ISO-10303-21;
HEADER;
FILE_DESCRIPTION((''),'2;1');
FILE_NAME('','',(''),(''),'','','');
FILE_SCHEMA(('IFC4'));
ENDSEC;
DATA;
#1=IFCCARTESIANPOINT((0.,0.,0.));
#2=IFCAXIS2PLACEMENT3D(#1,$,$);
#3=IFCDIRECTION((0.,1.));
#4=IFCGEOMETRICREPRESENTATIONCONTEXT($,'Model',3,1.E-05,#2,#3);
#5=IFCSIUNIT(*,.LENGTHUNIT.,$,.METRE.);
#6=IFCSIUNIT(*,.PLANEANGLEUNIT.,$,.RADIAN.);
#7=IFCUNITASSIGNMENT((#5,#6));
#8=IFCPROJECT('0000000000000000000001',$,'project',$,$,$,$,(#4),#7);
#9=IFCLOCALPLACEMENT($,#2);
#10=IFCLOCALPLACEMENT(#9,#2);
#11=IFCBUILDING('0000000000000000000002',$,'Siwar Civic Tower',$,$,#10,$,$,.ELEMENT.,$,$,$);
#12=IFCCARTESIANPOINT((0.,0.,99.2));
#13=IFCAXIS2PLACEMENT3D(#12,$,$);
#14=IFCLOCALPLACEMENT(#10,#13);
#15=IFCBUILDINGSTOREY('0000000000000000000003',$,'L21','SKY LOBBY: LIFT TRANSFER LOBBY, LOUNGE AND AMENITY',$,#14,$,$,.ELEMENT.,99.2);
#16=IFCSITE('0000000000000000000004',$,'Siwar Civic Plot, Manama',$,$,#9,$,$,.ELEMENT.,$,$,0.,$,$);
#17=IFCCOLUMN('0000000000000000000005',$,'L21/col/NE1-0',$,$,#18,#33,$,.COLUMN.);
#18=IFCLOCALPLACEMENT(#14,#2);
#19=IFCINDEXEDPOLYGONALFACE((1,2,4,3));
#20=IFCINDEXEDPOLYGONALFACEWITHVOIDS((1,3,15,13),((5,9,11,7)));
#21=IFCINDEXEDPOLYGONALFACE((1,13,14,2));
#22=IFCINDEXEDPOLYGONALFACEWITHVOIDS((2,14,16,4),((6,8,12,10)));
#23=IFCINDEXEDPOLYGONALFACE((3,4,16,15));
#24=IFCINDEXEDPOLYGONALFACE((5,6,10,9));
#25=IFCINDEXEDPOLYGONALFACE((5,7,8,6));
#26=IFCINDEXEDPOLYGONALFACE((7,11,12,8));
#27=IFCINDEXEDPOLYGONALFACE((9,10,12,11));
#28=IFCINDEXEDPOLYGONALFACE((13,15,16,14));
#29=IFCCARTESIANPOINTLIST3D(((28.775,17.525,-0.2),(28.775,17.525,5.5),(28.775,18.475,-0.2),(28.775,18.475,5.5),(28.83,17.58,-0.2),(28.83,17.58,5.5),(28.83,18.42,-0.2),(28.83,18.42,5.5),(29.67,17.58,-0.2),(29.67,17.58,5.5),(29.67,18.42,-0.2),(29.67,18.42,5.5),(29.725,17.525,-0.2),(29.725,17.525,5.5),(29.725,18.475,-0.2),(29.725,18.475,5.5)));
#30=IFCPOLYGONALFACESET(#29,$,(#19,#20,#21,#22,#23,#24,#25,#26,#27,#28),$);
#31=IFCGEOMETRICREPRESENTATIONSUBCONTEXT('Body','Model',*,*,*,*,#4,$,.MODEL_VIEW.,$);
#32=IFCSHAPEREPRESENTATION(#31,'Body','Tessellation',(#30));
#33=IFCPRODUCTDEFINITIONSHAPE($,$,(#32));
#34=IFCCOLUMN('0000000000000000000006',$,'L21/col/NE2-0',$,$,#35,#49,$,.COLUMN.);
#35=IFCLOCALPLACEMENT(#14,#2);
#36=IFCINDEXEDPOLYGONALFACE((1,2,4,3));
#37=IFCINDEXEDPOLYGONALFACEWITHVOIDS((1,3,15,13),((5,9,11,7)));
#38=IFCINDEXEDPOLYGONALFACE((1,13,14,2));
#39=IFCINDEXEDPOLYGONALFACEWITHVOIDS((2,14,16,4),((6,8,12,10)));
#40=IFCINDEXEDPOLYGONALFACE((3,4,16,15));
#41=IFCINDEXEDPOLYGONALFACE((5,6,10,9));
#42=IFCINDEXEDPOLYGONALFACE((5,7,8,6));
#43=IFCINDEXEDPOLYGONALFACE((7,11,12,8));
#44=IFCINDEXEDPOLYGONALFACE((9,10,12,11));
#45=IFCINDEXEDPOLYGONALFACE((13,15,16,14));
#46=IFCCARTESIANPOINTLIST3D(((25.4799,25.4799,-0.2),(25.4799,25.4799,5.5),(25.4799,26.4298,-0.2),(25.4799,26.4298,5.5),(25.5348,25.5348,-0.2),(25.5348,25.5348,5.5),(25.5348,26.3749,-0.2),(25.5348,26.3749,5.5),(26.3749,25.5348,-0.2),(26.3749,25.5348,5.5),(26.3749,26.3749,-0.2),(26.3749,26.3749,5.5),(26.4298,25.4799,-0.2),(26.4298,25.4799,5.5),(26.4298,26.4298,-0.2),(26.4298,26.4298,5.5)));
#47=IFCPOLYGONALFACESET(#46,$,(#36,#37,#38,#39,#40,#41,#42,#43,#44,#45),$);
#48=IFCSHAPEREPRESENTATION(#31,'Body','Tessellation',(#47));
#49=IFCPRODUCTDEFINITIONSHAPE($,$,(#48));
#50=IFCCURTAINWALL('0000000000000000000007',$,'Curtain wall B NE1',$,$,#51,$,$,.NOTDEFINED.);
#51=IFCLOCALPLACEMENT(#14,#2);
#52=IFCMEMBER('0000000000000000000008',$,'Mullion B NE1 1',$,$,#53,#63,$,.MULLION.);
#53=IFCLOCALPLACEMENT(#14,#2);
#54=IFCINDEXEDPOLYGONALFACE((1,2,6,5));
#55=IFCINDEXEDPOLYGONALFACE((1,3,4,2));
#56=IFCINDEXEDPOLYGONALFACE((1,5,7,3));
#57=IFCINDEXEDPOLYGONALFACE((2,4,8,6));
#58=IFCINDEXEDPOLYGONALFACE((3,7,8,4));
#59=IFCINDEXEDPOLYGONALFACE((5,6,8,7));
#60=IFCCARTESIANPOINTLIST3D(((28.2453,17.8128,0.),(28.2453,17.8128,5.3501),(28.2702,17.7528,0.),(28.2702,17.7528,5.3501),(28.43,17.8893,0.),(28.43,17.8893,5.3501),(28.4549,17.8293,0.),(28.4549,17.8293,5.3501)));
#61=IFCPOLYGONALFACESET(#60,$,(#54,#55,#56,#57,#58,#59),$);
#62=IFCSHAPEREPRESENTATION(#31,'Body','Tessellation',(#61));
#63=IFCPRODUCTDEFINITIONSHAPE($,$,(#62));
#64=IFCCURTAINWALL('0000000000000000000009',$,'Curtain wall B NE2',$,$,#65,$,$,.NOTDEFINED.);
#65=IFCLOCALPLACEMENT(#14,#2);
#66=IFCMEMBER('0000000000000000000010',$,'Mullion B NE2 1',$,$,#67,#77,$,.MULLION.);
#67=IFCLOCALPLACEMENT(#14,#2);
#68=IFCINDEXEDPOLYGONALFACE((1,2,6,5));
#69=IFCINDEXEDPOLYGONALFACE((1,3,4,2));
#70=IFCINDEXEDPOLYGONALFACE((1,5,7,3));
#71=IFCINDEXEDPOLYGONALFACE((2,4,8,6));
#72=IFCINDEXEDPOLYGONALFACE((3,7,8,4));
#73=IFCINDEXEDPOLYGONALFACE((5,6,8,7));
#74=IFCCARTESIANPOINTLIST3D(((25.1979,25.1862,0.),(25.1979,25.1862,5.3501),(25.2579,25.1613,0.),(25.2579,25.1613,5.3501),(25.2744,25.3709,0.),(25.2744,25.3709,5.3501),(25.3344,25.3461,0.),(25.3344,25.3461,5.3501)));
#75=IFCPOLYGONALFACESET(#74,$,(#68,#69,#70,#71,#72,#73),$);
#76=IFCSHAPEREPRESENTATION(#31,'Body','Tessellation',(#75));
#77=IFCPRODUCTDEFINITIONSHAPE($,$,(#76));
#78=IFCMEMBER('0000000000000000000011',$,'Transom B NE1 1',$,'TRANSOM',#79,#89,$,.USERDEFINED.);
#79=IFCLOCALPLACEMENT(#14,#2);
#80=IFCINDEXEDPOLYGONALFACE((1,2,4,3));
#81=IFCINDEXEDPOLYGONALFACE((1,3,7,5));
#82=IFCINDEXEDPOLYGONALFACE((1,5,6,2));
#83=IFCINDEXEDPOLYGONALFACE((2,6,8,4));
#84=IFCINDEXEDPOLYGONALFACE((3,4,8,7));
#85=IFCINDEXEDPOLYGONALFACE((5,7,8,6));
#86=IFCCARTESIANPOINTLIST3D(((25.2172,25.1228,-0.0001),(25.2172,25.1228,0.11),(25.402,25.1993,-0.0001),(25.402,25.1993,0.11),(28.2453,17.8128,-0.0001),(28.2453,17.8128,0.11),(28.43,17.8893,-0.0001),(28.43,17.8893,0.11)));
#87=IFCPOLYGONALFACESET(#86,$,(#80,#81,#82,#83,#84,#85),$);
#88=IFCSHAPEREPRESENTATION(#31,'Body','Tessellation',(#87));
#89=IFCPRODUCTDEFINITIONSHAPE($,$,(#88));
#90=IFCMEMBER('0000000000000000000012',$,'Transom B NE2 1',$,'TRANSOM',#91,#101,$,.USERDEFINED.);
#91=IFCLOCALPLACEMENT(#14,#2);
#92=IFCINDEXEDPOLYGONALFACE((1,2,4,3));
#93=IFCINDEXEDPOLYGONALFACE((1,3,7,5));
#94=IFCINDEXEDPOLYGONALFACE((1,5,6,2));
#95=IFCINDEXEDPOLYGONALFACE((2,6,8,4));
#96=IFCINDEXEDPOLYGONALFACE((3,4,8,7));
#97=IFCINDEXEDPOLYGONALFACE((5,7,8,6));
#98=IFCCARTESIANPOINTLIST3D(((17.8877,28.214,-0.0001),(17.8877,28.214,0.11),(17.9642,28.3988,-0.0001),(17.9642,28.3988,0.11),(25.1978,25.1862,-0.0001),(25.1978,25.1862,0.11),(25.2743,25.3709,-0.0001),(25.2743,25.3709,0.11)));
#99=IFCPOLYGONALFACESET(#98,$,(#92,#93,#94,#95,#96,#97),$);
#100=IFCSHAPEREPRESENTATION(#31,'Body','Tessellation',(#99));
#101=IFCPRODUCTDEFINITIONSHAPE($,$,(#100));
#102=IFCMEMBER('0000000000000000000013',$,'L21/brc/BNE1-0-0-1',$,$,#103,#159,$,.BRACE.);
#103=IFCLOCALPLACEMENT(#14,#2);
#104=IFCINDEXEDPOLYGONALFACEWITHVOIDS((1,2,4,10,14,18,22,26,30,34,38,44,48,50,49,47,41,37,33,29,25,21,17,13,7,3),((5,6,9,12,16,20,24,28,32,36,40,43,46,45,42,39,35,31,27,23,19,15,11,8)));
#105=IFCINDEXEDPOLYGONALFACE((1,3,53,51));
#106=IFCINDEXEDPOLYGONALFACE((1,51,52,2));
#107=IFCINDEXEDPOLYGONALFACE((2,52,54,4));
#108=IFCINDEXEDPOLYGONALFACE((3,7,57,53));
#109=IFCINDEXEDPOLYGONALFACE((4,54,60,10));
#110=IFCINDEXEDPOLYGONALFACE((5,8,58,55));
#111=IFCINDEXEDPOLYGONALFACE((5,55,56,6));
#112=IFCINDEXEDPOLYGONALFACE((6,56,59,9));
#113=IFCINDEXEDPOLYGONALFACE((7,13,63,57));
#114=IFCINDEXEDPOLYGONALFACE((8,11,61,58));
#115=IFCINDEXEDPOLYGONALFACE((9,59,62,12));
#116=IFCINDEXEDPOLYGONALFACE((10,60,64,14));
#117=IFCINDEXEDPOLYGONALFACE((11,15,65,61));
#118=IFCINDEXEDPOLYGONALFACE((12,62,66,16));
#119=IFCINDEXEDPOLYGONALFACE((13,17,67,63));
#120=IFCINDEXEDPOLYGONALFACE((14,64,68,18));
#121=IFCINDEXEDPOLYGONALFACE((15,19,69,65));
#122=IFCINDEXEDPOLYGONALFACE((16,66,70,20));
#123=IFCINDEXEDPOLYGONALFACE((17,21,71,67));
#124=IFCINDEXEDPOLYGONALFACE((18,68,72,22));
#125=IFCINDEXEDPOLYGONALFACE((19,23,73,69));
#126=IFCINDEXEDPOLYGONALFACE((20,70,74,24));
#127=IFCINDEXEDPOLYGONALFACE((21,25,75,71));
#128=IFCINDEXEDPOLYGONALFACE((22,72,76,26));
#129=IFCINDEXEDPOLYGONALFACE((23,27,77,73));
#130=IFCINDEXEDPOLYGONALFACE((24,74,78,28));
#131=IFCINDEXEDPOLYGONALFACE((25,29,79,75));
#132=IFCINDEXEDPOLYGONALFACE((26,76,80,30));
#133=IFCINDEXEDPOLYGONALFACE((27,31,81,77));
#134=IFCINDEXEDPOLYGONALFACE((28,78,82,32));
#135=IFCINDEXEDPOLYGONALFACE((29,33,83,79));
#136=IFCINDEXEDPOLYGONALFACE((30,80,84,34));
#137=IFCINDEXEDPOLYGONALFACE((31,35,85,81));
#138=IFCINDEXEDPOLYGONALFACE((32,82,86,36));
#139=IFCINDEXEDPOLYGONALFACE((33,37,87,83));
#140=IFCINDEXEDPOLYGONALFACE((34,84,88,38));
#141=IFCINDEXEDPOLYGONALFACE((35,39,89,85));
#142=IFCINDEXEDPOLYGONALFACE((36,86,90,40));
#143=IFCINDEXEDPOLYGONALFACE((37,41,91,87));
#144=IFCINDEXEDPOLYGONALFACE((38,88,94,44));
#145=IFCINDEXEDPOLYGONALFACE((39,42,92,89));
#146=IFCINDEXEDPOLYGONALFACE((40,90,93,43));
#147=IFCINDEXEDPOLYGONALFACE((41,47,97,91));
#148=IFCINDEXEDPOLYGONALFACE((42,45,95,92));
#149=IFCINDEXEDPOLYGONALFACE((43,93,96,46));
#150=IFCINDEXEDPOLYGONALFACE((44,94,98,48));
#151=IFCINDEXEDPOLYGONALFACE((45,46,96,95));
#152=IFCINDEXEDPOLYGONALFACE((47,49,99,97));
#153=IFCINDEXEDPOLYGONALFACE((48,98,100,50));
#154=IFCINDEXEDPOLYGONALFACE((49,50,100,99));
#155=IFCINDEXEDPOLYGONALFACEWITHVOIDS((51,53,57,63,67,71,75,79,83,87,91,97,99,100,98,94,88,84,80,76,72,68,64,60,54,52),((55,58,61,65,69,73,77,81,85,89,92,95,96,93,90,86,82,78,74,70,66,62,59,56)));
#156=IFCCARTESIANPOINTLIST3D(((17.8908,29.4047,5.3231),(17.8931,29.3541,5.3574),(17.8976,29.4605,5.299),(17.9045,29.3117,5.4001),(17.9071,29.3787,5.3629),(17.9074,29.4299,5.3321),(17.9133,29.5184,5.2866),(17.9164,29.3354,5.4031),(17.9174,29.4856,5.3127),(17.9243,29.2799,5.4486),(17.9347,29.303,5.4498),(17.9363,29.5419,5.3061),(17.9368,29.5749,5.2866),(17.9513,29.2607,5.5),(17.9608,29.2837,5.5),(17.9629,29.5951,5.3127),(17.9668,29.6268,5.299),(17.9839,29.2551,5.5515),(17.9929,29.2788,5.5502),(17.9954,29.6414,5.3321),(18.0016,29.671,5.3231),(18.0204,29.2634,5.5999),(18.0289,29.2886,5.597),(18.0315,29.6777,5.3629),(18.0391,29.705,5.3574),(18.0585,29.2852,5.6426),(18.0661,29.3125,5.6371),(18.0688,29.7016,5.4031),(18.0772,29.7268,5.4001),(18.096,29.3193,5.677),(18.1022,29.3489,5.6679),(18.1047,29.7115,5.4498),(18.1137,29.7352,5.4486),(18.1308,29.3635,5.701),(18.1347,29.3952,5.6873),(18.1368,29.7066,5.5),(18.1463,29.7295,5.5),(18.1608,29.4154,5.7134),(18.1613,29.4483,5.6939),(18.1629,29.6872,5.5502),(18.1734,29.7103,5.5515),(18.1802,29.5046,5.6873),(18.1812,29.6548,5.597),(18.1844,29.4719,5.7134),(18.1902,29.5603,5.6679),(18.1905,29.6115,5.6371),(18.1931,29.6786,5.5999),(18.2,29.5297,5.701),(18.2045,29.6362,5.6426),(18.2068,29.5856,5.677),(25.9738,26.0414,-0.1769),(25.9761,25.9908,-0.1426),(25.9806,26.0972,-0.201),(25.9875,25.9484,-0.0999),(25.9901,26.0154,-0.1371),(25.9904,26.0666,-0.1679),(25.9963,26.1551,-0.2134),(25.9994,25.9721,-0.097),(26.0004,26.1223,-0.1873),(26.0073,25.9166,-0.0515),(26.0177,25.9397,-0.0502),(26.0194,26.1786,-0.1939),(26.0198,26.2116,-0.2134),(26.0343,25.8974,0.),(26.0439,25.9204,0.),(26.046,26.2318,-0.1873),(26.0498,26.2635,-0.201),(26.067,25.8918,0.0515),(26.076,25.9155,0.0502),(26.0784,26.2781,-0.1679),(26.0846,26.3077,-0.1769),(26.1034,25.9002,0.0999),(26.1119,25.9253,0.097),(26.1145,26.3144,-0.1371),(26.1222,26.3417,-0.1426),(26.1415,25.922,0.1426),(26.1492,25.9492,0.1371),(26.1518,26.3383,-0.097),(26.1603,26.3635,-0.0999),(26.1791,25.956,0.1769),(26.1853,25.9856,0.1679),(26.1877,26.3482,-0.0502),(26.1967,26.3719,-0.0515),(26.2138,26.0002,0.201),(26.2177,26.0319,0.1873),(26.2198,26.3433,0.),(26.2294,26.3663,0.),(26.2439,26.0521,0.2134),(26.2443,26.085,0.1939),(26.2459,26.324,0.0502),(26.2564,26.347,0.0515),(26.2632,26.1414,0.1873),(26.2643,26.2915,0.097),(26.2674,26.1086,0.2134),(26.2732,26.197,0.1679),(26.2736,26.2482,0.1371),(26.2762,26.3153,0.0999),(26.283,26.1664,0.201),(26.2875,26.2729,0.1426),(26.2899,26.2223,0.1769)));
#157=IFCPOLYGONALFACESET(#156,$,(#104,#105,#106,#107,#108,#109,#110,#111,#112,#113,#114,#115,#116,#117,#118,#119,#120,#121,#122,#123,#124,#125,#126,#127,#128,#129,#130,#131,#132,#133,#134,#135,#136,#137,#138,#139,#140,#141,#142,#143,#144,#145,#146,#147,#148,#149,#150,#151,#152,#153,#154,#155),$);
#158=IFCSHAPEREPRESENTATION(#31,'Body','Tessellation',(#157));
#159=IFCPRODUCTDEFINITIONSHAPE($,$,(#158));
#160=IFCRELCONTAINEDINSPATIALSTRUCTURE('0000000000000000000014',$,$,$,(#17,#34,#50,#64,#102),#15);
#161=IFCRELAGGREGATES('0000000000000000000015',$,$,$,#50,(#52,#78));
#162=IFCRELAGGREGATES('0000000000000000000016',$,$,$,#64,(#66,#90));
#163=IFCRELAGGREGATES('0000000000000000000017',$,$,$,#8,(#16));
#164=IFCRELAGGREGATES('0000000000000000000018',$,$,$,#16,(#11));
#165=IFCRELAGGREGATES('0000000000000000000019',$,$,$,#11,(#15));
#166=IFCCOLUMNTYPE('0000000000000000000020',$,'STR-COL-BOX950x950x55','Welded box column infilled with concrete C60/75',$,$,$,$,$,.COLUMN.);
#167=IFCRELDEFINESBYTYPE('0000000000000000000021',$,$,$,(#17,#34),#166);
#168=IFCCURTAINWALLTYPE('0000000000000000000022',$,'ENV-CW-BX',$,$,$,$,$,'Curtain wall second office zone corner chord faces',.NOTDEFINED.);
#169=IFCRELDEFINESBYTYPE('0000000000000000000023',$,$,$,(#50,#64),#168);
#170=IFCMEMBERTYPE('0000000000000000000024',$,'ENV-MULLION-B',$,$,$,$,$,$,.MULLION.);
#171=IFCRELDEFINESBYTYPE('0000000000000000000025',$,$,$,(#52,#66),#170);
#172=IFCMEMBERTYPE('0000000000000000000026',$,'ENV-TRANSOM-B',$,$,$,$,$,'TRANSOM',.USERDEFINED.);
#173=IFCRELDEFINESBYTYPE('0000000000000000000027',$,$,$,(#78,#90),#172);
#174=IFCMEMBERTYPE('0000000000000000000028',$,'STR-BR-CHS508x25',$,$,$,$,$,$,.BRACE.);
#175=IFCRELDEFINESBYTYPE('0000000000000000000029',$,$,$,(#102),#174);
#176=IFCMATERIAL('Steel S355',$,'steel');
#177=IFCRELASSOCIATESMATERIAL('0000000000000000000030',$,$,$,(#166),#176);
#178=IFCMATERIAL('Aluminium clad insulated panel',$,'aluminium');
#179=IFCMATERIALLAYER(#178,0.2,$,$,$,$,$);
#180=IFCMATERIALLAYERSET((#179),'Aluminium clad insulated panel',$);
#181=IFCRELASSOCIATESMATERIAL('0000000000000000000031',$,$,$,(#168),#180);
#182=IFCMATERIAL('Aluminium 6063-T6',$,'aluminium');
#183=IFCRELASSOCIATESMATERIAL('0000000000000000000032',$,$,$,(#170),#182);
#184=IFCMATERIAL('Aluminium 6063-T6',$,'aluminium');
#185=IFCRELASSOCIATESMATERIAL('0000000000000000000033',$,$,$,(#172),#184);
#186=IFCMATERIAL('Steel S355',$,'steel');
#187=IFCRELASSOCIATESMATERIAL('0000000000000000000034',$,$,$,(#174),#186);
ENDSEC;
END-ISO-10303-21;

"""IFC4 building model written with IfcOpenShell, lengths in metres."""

from ifc_helpers import new_model, si_unit, direction, frame, origin, origin_2d, place, context, subcontext, project, spatial, rectangle, hollow_rectangle, hollow_circle, extrude, material, layer, layer_set, material_profile, profile_set, type_object, element, aggregate, save


model = new_model("IFC4")

# Units and contexts
model_context = context("Model", 3, precision=1e-05, world=origin(), true_north=direction((0.0, 1.0)))
body_context = subcontext(model_context, "Body", "Model", "MODEL_VIEW")
ifc_project = project(units=[si_unit("LENGTHUNIT", "METRE"), si_unit("PLANEANGLEUNIT", "RADIAN")], contexts=[model_context])

# Site, building, storey
site_placement = place(None, origin())
site = spatial("IfcSite", under=ifc_project, at=site_placement, Name="Siwar Civic Plot, Manama", CompositionType="ELEMENT", RefElevation=0.0)
building_placement = place(site_placement, origin())
building = spatial("IfcBuilding", under=site, at=building_placement, Name="Siwar Civic Tower", CompositionType="ELEMENT")
storey_placement = place(building_placement, frame((0.0, 0.0, 99.2)))
storey = spatial("IfcBuildingStorey", under=building, at=storey_placement, Name="L21", Description="SKY LOBBY: LIFT TRANSFER LOBBY, LOUNGE AND AMENITY", CompositionType="ELEMENT", Elevation=99.2)

# Columns
ifc_material_1 = material(Name="Steel S355", Category="steel")
ifc_material_profile_1 = material_profile(ifc_material_1, hollow_rectangle(XDim=0.95, YDim=0.95, WallThickness=0.0549, at=origin_2d()), Name="BOX950x950x55")
ifc_profile_set_1 = profile_set([ifc_material_profile_1], Name="Steel S355")
column_type = type_object("IfcColumnType", Name="STR-COL-BOX950x950x55", Description="Welded box column infilled with concrete C60/75", PredefinedType="COLUMN", material=ifc_profile_set_1)
for number, where, z_axis, x_axis, name in (
    (1, (29.25, 18.0, -0.2), (0.0, 0.0, 1.0), (1.0, 0.0, 0.0), "L21/col/NE1-0"),
    (2, (25.9548, 25.9548, -0.2), (0.0, 0.0, 1.0), (1.0, 0.0, 0.0), "L21/col/NE2-0"),
):
    element("IfcColumn", number, at=place(storey_placement, frame(where, z_axis=z_axis, x_axis=x_axis)), inside=storey, type_object=column_type, Name=name, PredefinedType="COLUMN", context=body_context, shape_type="SweptSolid", body=[
        extrude(hollow_rectangle(XDim=0.95, YDim=0.95, WallThickness=0.0549, at=origin_2d()), origin(), (0.0, 0.0, 1.0), 5.7),
    ])

# Curtain walls, members
ifc_material_2 = material(Name="Aluminium clad insulated panel", Category="aluminium")
ifc_layer_1 = layer(ifc_material_2, 0.2)
ifc_layer_set_1 = layer_set([ifc_layer_1], Name="Aluminium clad insulated panel")
curtain_wall_type = type_object("IfcCurtainWallType", Name="ENV-CW-BX", ElementType="Curtain wall second office zone corner chord faces", PredefinedType="NOTDEFINED", material=ifc_layer_set_1)
curtain_wall_1_placement = place(storey_placement, origin())
curtain_wall_1 = element("IfcCurtainWall", 3, at=curtain_wall_1_placement, inside=storey, type_object=curtain_wall_type, Name="Curtain wall B NE1", PredefinedType="NOTDEFINED")
ifc_material_3 = material(Name="Aluminium 6063-T6", Category="aluminium")
ifc_material_profile_2 = material_profile(ifc_material_3, rectangle(XDim=0.2, YDim=0.0649, at=origin_2d()), Name="AL 200x65")
ifc_profile_set_2 = profile_set([ifc_material_profile_2], Name="Aluminium 6063-T6")
member_type_1 = type_object("IfcMemberType", Name="ENV-MULLION-B", PredefinedType="MULLION", material=ifc_profile_set_2)
member_1_placement = place(storey_placement, frame((28.3501, 17.821, 0.0), z_axis=(0.0, 0.0, 1.0), x_axis=(-0.92388, -0.382683, 0.0)))
member_1 = element("IfcMember", 4, at=member_1_placement, type_object=member_type_1, Name="Mullion B NE1 1", PredefinedType="MULLION", context=body_context, shape_type="SweptSolid", body=[
    extrude(rectangle(XDim=0.2, YDim=0.0649, at=origin_2d()), origin(), (0.0, 0.0, 1.0), 5.3501),
])
curtain_wall_2_placement = place(storey_placement, origin())
curtain_wall_2 = element("IfcCurtainWall", 5, at=curtain_wall_2_placement, inside=storey, type_object=curtain_wall_type, Name="Curtain wall B NE2", PredefinedType="NOTDEFINED")
member_2_placement = place(storey_placement, frame((25.2661, 25.2661, 0.0), z_axis=(0.0, 0.0, 1.0), x_axis=(-0.382683, -0.92388, 0.0)))
member_2 = element("IfcMember", 6, at=member_2_placement, type_object=member_type_1, Name="Mullion B NE2 1", PredefinedType="MULLION", context=body_context, shape_type="SweptSolid", body=[
    extrude(rectangle(XDim=0.2, YDim=0.0649, at=origin_2d()), origin(), (0.0, 0.0, 1.0), 5.3501),
])

# Members
ifc_material_4 = material(Name="Aluminium 6063-T6", Category="aluminium")
ifc_material_profile_3 = material_profile(ifc_material_4, rectangle(XDim=0.2, YDim=0.1101, at=origin_2d()), Name="AL 200x110")
ifc_profile_set_3 = profile_set([ifc_material_profile_3], Name="Aluminium 6063-T6")
member_type_2 = type_object("IfcMemberType", Name="ENV-TRANSOM-B", ElementType="TRANSOM", PredefinedType="USERDEFINED", material=ifc_profile_set_3)
member_3_placement = place(storey_placement, frame((28.3376, 17.8511, 0.0549), z_axis=(-0.3827, 0.923873, 0.0), x_axis=(-0.923873, -0.3827, 0.0)))
member_3 = element("IfcMember", 7, at=member_3_placement, type_object=member_type_2, Name="Transom B NE1 1", ObjectType="TRANSOM", PredefinedType="USERDEFINED", context=body_context, shape_type="SweptSolid", body=[
    extrude(rectangle(XDim=0.2, YDim=0.1101, at=origin_2d()), origin(), (0.0, 0.0, 1.0), 7.9124),
])
member_4_placement = place(storey_placement, frame((25.2361, 25.2786, 0.0549), z_axis=(-0.923884, 0.382673, 0.0), x_axis=(-0.382673, -0.923884, 0.0)))
member_4 = element("IfcMember", 8, at=member_4_placement, type_object=member_type_2, Name="Transom B NE2 1", ObjectType="TRANSOM", PredefinedType="USERDEFINED", context=body_context, shape_type="SweptSolid", body=[
    extrude(rectangle(XDim=0.2, YDim=0.1101, at=origin_2d()), origin(), (0.0, 0.0, 1.0), 7.9124),
])

# Member
ifc_material_5 = material(Name="Steel S355", Category="steel")
ifc_material_profile_4 = material_profile(ifc_material_5, hollow_circle(Radius=0.2539, WallThickness=0.0249, at=origin_2d()), Name="CHS508x25")
ifc_profile_set_4 = profile_set([ifc_material_profile_4], Name="Steel S355")
member_type_3 = type_object("IfcMemberType", Name="STR-BR-CHS508x25", PredefinedType="BRACE", material=ifc_profile_set_4)
member_5_placement = place(storey_placement, frame((26.1318, 26.1318, 0.0), z_axis=(-0.781791, 0.325298, 0.531962), x_axis=(-0.384164, -0.923265, 0.0)))
element("IfcMember", 9, at=member_5_placement, inside=storey, type_object=member_type_3, Name="L21/brc/BNE1-0-0-1", PredefinedType="BRACE", context=body_context, shape_type="SweptSolid", body=[
    extrude(hollow_circle(Radius=0.2539, WallThickness=0.0249, at=origin_2d()), origin(), (0.0, 0.0, 1.0), 10.3391),
])

aggregate(curtain_wall_1, [member_1, member_3])
aggregate(curtain_wall_2, [member_2, member_4])

save(model, "model.ifc")
